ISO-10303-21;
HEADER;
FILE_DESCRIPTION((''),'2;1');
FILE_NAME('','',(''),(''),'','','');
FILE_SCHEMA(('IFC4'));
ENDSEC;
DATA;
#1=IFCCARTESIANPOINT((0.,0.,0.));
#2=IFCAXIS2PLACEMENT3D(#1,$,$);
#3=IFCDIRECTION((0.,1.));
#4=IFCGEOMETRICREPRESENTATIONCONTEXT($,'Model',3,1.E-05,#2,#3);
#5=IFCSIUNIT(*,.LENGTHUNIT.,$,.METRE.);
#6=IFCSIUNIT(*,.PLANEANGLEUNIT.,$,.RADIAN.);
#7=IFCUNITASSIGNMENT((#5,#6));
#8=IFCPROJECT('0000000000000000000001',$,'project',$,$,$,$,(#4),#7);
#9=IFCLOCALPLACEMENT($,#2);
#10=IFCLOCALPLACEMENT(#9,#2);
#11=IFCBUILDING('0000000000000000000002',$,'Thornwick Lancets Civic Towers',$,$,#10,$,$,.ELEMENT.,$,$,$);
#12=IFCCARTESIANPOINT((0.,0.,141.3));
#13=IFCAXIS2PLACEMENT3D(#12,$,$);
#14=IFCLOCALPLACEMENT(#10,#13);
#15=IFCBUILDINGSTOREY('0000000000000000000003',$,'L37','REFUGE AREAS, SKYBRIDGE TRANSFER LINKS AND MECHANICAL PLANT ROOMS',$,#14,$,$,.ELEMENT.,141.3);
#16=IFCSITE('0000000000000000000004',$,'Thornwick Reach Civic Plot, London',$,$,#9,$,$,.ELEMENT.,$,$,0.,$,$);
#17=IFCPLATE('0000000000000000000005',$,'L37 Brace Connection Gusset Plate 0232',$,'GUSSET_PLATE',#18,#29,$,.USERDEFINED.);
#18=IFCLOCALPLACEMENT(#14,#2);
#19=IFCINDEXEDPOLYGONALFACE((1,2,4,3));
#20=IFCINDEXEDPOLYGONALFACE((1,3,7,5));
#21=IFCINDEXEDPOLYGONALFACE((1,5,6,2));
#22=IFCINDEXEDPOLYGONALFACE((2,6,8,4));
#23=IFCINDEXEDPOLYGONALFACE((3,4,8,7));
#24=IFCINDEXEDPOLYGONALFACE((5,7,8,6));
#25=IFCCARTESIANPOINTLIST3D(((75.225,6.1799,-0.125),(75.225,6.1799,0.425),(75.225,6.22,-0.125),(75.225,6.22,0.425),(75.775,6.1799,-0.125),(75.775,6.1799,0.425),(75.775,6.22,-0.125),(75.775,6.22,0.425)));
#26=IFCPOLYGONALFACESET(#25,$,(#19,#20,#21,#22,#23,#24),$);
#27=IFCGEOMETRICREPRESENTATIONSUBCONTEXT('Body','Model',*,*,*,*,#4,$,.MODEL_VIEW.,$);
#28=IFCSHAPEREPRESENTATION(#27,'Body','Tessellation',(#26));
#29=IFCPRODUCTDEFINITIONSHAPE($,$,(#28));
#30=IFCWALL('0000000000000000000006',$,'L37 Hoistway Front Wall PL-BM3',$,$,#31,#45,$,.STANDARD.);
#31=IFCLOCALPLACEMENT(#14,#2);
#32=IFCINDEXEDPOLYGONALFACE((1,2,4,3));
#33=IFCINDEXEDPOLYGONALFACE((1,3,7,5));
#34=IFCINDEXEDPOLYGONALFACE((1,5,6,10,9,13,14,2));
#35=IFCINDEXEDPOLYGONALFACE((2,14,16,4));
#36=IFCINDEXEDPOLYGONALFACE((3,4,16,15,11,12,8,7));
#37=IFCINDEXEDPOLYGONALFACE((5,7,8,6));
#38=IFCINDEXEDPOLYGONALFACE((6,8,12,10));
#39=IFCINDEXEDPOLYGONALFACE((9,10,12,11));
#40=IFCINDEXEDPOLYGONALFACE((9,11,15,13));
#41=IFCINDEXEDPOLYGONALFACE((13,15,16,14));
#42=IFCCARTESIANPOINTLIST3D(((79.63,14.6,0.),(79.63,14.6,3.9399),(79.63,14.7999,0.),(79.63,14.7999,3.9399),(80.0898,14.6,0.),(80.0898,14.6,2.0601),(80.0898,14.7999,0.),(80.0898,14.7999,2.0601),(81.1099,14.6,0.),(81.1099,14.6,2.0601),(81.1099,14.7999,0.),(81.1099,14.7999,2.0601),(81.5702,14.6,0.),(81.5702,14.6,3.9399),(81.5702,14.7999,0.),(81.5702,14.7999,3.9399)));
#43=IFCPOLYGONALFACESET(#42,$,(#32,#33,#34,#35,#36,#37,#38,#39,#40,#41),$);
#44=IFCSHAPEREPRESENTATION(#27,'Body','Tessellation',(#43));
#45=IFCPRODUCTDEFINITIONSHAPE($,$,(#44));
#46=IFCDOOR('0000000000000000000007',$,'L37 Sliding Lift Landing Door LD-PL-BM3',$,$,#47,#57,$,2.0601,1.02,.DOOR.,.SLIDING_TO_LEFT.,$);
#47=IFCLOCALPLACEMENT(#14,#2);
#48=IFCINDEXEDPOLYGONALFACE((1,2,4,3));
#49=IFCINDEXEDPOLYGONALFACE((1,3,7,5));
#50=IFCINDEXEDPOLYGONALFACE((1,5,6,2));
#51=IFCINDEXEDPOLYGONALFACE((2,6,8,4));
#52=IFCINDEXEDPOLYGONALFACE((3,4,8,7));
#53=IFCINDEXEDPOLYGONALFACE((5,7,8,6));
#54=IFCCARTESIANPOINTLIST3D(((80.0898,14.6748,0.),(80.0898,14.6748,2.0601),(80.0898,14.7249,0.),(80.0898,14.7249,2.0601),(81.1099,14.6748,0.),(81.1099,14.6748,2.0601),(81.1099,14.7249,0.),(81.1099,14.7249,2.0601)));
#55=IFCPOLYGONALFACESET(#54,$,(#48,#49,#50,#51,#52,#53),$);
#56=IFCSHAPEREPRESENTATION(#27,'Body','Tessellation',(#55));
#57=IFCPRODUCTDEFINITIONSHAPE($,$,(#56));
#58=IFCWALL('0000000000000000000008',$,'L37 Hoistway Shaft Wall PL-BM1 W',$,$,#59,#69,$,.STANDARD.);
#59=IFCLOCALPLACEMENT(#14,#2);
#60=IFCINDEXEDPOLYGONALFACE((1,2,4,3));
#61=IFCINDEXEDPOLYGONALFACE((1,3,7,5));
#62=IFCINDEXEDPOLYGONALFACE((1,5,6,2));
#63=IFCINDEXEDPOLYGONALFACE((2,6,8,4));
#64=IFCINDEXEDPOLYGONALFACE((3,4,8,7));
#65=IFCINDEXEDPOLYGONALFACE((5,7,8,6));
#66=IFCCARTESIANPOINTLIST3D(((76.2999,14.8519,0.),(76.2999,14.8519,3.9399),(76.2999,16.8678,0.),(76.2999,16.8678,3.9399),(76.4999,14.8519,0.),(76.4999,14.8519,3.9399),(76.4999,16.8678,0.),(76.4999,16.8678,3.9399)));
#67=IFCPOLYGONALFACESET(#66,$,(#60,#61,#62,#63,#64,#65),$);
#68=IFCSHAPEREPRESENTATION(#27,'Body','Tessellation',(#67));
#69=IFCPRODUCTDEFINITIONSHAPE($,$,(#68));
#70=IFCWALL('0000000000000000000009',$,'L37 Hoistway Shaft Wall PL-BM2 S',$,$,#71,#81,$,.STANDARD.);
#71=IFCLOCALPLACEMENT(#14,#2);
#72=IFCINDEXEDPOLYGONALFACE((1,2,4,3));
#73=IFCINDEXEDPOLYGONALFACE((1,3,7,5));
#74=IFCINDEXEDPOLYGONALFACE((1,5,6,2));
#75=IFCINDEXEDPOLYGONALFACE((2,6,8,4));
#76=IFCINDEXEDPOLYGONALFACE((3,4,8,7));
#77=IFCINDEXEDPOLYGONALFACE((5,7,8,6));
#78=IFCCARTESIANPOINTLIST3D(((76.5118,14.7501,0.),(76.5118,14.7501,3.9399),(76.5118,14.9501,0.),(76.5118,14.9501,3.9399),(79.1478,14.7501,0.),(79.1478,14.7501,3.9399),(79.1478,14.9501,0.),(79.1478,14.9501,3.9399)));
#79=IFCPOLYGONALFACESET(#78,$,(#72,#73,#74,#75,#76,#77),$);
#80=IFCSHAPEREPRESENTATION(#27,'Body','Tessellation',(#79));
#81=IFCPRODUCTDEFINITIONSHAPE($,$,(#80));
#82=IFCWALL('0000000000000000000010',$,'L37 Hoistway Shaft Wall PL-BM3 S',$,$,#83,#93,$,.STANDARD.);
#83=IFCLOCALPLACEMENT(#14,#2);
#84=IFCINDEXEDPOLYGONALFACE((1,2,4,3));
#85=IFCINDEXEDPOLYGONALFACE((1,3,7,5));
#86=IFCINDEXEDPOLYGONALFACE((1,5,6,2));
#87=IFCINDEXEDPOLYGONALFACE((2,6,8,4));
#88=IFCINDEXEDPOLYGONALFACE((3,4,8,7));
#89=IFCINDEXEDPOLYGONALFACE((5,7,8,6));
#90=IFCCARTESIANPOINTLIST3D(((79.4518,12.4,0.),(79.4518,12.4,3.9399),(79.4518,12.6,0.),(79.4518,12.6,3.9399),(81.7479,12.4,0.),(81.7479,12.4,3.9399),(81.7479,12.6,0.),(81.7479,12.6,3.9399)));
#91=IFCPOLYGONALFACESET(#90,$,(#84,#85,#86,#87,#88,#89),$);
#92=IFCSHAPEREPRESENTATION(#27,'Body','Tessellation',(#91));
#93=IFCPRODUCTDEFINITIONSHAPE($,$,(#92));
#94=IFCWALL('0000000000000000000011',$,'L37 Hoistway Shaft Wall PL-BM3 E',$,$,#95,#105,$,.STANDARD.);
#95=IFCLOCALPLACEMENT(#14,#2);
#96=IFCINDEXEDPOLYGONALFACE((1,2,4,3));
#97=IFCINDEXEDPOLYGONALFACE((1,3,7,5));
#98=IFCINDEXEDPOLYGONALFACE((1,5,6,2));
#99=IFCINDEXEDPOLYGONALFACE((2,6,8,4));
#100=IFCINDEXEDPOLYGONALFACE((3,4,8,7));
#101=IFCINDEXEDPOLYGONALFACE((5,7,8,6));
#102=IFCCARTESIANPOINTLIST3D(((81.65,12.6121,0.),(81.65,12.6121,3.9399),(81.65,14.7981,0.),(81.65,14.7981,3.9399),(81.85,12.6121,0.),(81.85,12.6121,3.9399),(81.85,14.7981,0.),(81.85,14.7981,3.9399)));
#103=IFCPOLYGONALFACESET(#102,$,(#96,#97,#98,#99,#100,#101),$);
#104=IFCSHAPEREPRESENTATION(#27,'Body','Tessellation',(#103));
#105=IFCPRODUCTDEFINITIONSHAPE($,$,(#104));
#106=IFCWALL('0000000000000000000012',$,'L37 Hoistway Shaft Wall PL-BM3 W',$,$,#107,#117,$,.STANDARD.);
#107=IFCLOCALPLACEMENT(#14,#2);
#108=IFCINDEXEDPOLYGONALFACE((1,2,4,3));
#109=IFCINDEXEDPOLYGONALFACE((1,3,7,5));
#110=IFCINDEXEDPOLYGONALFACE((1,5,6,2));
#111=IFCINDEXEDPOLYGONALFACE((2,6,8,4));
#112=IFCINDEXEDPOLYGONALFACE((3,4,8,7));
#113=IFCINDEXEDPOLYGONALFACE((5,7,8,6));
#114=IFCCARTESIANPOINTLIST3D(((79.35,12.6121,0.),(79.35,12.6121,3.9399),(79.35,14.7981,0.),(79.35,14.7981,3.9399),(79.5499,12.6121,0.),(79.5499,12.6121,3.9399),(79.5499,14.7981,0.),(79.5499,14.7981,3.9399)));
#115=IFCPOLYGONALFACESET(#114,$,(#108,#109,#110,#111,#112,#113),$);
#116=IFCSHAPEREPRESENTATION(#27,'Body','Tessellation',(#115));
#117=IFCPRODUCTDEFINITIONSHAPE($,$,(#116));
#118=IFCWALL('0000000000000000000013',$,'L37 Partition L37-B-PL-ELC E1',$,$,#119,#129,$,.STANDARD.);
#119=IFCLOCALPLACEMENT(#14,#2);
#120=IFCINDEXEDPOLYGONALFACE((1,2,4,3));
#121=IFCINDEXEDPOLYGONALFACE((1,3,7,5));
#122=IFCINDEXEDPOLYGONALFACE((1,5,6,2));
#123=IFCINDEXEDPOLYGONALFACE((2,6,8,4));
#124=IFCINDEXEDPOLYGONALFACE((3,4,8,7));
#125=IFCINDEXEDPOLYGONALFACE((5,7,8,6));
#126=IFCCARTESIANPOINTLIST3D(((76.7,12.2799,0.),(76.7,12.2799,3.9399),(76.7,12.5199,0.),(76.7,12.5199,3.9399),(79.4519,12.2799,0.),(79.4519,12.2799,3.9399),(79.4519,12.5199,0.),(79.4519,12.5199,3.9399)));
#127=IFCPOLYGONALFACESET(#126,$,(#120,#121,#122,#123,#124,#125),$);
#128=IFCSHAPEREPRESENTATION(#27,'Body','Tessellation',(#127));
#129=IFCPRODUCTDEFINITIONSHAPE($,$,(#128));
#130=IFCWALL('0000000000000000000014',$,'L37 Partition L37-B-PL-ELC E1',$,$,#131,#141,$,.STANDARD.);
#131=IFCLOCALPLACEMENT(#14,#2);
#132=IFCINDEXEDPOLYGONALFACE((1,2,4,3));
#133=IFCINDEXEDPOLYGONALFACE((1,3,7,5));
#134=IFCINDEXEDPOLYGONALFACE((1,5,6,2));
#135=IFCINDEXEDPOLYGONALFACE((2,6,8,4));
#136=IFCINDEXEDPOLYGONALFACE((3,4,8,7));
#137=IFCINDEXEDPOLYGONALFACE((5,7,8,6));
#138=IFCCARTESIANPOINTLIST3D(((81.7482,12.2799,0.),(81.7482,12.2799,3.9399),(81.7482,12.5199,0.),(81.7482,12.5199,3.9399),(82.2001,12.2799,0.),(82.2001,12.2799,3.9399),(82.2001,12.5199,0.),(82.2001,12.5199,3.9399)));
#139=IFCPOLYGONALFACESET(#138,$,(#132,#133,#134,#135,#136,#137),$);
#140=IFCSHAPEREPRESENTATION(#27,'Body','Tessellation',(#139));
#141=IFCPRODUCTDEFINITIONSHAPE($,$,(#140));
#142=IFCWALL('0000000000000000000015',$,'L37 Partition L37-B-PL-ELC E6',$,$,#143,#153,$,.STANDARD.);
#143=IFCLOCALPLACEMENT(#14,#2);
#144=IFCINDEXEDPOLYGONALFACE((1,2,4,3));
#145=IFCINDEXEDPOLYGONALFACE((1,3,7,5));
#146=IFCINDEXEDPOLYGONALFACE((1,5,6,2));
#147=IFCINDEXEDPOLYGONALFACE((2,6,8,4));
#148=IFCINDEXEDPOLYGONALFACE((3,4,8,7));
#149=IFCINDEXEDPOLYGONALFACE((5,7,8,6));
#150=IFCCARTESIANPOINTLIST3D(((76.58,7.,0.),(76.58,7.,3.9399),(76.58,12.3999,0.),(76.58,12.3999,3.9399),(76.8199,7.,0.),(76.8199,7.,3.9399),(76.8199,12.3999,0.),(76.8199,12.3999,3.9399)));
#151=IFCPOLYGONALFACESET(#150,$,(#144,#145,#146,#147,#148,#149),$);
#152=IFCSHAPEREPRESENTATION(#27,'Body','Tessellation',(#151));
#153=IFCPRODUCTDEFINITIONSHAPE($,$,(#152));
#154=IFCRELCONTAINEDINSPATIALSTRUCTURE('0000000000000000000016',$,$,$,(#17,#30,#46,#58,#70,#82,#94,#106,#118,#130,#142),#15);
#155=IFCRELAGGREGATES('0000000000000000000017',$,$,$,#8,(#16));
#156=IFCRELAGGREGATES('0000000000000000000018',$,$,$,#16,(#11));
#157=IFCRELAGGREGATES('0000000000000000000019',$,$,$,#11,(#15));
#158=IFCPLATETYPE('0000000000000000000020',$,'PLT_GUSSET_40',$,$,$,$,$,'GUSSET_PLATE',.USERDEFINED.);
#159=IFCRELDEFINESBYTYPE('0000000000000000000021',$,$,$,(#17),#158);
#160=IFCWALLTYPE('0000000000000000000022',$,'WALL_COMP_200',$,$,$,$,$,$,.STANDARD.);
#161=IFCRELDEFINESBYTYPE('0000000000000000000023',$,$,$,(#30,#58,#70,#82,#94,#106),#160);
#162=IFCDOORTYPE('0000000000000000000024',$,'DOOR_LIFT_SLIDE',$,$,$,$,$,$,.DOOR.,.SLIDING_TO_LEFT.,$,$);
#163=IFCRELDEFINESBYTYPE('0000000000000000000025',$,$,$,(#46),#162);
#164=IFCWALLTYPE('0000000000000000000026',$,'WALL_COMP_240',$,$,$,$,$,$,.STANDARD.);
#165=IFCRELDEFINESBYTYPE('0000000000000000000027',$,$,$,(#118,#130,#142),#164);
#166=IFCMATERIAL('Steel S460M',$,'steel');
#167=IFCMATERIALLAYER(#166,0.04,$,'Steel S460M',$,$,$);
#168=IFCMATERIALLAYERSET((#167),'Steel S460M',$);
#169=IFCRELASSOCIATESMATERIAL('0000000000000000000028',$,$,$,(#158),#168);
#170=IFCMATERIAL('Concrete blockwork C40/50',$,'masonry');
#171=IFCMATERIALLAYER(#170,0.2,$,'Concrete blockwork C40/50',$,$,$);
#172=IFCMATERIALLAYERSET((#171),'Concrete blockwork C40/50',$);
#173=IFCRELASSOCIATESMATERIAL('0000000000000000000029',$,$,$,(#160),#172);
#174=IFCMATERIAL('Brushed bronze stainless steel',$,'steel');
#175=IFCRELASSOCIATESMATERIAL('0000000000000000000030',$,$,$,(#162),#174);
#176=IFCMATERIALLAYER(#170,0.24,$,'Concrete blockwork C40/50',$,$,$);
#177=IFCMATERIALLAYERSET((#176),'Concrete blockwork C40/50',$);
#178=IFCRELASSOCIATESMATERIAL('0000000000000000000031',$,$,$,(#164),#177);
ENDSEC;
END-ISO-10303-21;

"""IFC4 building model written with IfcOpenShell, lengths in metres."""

from ifc_helpers import new_model, si_unit, direction, frame, frame_2d, origin, origin_2d, place, context, subcontext, project, spatial, rectangle, extrude, material, layer, layer_set, type_object, element, fill, save


model = new_model("IFC4")

# Units and contexts
model_context = context("Model", 3, precision=1e-05, world=origin(), true_north=direction((0.0, 1.0)))
body_context = subcontext(model_context, "Body", "Model", "MODEL_VIEW")
ifc_project = project(units=[si_unit("LENGTHUNIT", "METRE"), si_unit("PLANEANGLEUNIT", "RADIAN")], contexts=[model_context])

# Site, building, storey
site_placement = place(None, origin())
site = spatial("IfcSite", under=ifc_project, at=site_placement, Name="Thornwick Reach Civic Plot, London", CompositionType="ELEMENT", RefElevation=0.0)
building_placement = place(site_placement, origin())
building = spatial("IfcBuilding", under=site, at=building_placement, Name="Thornwick Lancets Civic Towers", CompositionType="ELEMENT")
storey_placement = place(building_placement, frame((0.0, 0.0, 141.3)))
storey = spatial("IfcBuildingStorey", under=building, at=storey_placement, Name="L37", Description="REFUGE AREAS, SKYBRIDGE TRANSFER LINKS AND MECHANICAL PLANT ROOMS", CompositionType="ELEMENT", Elevation=141.3)

# Shared definitions
ifc_material_1 = material(Name="Steel S460M", Category="steel")

# Plate
ifc_layer_1 = layer(ifc_material_1, 0.04, Name="Steel S460M")
ifc_layer_set_1 = layer_set([ifc_layer_1], Name="Steel S460M")
plate_type_1 = type_object("IfcPlateType", Name="PLT_GUSSET_40", ElementType="GUSSET_PLATE", PredefinedType="USERDEFINED", material=ifc_layer_set_1)
plate_1_placement = place(storey_placement, frame((75.5, 6.2, -0.125), z_axis=(0.0, 0.0, 1.0), x_axis=(1.0, 0.0, 0.0)))
element("IfcPlate", 1, at=plate_1_placement, inside=storey, type_object=plate_type_1, Name="L37 Brace Connection Gusset Plate 0232", ObjectType="GUSSET_PLATE", PredefinedType="USERDEFINED", context=body_context, shape_type="SweptSolid", body=[
    extrude(rectangle(XDim=0.55, YDim=0.04, at=origin_2d()), origin(), (0.0, 0.0, 1.0), 0.55),
])

# Wall, opening, door
ifc_material_2 = material(Name="Concrete blockwork C40/50", Category="masonry")
ifc_layer_2 = layer(ifc_material_2, 0.2, Name="Concrete blockwork C40/50")
ifc_layer_set_2 = layer_set([ifc_layer_2], Name="Concrete blockwork C40/50")
wall_type_1 = type_object("IfcWallType", Name="WALL_COMP_200", PredefinedType="STANDARD", material=ifc_layer_set_2)
wall_1_placement = place(storey_placement, frame((79.6299, 14.7, 0.0), z_axis=(0.0, 0.0, 1.0), x_axis=(1.0, 0.0, 0.0)))
wall_1 = element("IfcWall", 2, at=wall_1_placement, inside=storey, type_object=wall_type_1, Name="L37 Hoistway Front Wall PL-BM3", PredefinedType="STANDARD", context=body_context, shape_type="SweptSolid", body=[
    extrude(rectangle(XDim=1.9402, YDim=0.2, at=frame_2d((0.9702, 0.0))), origin(), (0.0, 0.0, 1.0), 3.9399),
])
opening_1_placement = place(wall_1_placement, frame((0.46, 0.0, 0.0)))
opening_1 = element("IfcOpeningElement", 3, at=opening_1_placement, cuts=wall_1, PredefinedType="OPENING", context=body_context, shape_type="SweptSolid", body=[
    extrude(rectangle(XDim=1.02, YDim=2.0601, at=frame_2d((0.51, 1.03))), frame((0.0, 0.1099, 0.0), z_axis=(0.0, -1.0, 0.0), x_axis=(1.0, 0.0, 0.0)), (0.0, 0.0, 1.0), 0.22),
])
ifc_material_3 = material(Name="Brushed bronze stainless steel", Category="steel")
door_type = type_object("IfcDoorType", Name="DOOR_LIFT_SLIDE", OperationType="SLIDING_TO_LEFT", PredefinedType="DOOR", material=ifc_material_3)
door_placement = place(opening_1_placement, origin())
door = element("IfcDoor", 4, at=door_placement, inside=storey, type_object=door_type, Name="L37 Sliding Lift Landing Door LD-PL-BM3", OperationType="SLIDING_TO_LEFT", OverallHeight=2.0601, OverallWidth=1.02, PredefinedType="DOOR", context=body_context, shape_type="SweptSolid", body=[
    extrude(rectangle(XDim=1.02, YDim=2.0601, at=frame_2d((0.51, 1.03))), frame((0.0, 0.0249, 0.0), z_axis=(0.0, -1.0, 0.0), x_axis=(1.0, 0.0, 0.0)), (0.0, 0.0, 1.0), 0.05),
])
fill(opening_1, door)

# Walls
wall_2_placement = place(storey_placement, frame((76.3999, 14.8521, 0.0), z_axis=(0.0, 0.0, 1.0), x_axis=(0.0, 1.0, 0.0)))
element("IfcWall", 5, at=wall_2_placement, inside=storey, type_object=wall_type_1, Name="L37 Hoistway Shaft Wall PL-BM1 W", PredefinedType="STANDARD", context=body_context, shape_type="SweptSolid", body=[
    extrude(rectangle(XDim=2.0159, YDim=0.2, at=frame_2d((1.0078, 0.0))), origin(), (0.0, 0.0, 1.0), 3.9399),
])
wall_3_placement = place(storey_placement, frame((76.512, 14.8501, 0.0), z_axis=(0.0, 0.0, 1.0), x_axis=(1.0, 0.0, 0.0)))
element("IfcWall", 6, at=wall_3_placement, inside=storey, type_object=wall_type_1, Name="L37 Hoistway Shaft Wall PL-BM2 S", PredefinedType="STANDARD", context=body_context, shape_type="SweptSolid", body=[
    extrude(rectangle(XDim=2.636, YDim=0.2, at=frame_2d((1.3179, 0.0))), origin(), (0.0, 0.0, 1.0), 3.9399),
])
wall_4_placement = place(storey_placement, frame((79.4519, 12.5, 0.0), z_axis=(0.0, 0.0, 1.0), x_axis=(1.0, 0.0, 0.0)))
element("IfcWall", 7, at=wall_4_placement, inside=storey, type_object=wall_type_1, Name="L37 Hoistway Shaft Wall PL-BM3 S", PredefinedType="STANDARD", context=body_context, shape_type="SweptSolid", body=[
    extrude(rectangle(XDim=2.2961, YDim=0.2, at=frame_2d((1.1479, 0.0))), origin(), (0.0, 0.0, 1.0), 3.9399),
])
for number, where, z_axis, x_axis, name in (
    (8, (81.75, 12.6121, 0.0), (0.0, 0.0, 1.0), (0.0, 1.0, 0.0), "L37 Hoistway Shaft Wall PL-BM3 E"),
    (9, (79.45, 12.6121, 0.0), (0.0, 0.0, 1.0), (0.0, 1.0, 0.0), "L37 Hoistway Shaft Wall PL-BM3 W"),
):
    element("IfcWall", number, at=place(storey_placement, frame(where, z_axis=z_axis, x_axis=x_axis)), inside=storey, type_object=wall_type_1, Name=name, PredefinedType="STANDARD", context=body_context, shape_type="SweptSolid", body=[
        extrude(rectangle(XDim=2.186, YDim=0.2, at=frame_2d((1.093, 0.0))), origin(), (0.0, 0.0, 1.0), 3.9399),
    ])
ifc_layer_3 = layer(ifc_material_2, 0.24, Name="Concrete blockwork C40/50")
ifc_layer_set_3 = layer_set([ifc_layer_3], Name="Concrete blockwork C40/50")
wall_type_2 = type_object("IfcWallType", Name="WALL_COMP_240", PredefinedType="STANDARD", material=ifc_layer_set_3)
wall_5_placement = place(storey_placement, frame((76.7, 12.3999, 0.0), z_axis=(0.0, 0.0, 1.0), x_axis=(1.0, 0.0, 0.0)))
element("IfcWall", 10, at=wall_5_placement, inside=storey, type_object=wall_type_2, Name="L37 Partition L37-B-PL-ELC E1", PredefinedType="STANDARD", context=body_context, shape_type="SweptSolid", body=[
    extrude(rectangle(XDim=2.752, YDim=0.24, at=frame_2d((1.376, 0.0))), origin(), (0.0, 0.0, 1.0), 3.9399),
])
wall_6_placement = place(storey_placement, frame((81.748, 12.3999, 0.0), z_axis=(0.0, 0.0, 1.0), x_axis=(1.0, 0.0, 0.0)))
element("IfcWall", 11, at=wall_6_placement, inside=storey, type_object=wall_type_2, Name="L37 Partition L37-B-PL-ELC E1", PredefinedType="STANDARD", context=body_context, shape_type="SweptSolid", body=[
    extrude(rectangle(XDim=0.4519, YDim=0.24, at=frame_2d((0.2261, 0.0))), origin(), (0.0, 0.0, 1.0), 3.9399),
])
wall_7_placement = place(storey_placement, frame((76.7, 7.0, 0.0), z_axis=(0.0, 0.0, 1.0), x_axis=(0.0, 1.0, 0.0)))
element("IfcWall", 12, at=wall_7_placement, inside=storey, type_object=wall_type_2, Name="L37 Partition L37-B-PL-ELC E6", PredefinedType="STANDARD", context=body_context, shape_type="SweptSolid", body=[
    extrude(rectangle(XDim=5.3999, YDim=0.24, at=frame_2d((2.7, 0.0))), origin(), (0.0, 0.0, 1.0), 3.9399),
])

save(model, "model.ifc")
